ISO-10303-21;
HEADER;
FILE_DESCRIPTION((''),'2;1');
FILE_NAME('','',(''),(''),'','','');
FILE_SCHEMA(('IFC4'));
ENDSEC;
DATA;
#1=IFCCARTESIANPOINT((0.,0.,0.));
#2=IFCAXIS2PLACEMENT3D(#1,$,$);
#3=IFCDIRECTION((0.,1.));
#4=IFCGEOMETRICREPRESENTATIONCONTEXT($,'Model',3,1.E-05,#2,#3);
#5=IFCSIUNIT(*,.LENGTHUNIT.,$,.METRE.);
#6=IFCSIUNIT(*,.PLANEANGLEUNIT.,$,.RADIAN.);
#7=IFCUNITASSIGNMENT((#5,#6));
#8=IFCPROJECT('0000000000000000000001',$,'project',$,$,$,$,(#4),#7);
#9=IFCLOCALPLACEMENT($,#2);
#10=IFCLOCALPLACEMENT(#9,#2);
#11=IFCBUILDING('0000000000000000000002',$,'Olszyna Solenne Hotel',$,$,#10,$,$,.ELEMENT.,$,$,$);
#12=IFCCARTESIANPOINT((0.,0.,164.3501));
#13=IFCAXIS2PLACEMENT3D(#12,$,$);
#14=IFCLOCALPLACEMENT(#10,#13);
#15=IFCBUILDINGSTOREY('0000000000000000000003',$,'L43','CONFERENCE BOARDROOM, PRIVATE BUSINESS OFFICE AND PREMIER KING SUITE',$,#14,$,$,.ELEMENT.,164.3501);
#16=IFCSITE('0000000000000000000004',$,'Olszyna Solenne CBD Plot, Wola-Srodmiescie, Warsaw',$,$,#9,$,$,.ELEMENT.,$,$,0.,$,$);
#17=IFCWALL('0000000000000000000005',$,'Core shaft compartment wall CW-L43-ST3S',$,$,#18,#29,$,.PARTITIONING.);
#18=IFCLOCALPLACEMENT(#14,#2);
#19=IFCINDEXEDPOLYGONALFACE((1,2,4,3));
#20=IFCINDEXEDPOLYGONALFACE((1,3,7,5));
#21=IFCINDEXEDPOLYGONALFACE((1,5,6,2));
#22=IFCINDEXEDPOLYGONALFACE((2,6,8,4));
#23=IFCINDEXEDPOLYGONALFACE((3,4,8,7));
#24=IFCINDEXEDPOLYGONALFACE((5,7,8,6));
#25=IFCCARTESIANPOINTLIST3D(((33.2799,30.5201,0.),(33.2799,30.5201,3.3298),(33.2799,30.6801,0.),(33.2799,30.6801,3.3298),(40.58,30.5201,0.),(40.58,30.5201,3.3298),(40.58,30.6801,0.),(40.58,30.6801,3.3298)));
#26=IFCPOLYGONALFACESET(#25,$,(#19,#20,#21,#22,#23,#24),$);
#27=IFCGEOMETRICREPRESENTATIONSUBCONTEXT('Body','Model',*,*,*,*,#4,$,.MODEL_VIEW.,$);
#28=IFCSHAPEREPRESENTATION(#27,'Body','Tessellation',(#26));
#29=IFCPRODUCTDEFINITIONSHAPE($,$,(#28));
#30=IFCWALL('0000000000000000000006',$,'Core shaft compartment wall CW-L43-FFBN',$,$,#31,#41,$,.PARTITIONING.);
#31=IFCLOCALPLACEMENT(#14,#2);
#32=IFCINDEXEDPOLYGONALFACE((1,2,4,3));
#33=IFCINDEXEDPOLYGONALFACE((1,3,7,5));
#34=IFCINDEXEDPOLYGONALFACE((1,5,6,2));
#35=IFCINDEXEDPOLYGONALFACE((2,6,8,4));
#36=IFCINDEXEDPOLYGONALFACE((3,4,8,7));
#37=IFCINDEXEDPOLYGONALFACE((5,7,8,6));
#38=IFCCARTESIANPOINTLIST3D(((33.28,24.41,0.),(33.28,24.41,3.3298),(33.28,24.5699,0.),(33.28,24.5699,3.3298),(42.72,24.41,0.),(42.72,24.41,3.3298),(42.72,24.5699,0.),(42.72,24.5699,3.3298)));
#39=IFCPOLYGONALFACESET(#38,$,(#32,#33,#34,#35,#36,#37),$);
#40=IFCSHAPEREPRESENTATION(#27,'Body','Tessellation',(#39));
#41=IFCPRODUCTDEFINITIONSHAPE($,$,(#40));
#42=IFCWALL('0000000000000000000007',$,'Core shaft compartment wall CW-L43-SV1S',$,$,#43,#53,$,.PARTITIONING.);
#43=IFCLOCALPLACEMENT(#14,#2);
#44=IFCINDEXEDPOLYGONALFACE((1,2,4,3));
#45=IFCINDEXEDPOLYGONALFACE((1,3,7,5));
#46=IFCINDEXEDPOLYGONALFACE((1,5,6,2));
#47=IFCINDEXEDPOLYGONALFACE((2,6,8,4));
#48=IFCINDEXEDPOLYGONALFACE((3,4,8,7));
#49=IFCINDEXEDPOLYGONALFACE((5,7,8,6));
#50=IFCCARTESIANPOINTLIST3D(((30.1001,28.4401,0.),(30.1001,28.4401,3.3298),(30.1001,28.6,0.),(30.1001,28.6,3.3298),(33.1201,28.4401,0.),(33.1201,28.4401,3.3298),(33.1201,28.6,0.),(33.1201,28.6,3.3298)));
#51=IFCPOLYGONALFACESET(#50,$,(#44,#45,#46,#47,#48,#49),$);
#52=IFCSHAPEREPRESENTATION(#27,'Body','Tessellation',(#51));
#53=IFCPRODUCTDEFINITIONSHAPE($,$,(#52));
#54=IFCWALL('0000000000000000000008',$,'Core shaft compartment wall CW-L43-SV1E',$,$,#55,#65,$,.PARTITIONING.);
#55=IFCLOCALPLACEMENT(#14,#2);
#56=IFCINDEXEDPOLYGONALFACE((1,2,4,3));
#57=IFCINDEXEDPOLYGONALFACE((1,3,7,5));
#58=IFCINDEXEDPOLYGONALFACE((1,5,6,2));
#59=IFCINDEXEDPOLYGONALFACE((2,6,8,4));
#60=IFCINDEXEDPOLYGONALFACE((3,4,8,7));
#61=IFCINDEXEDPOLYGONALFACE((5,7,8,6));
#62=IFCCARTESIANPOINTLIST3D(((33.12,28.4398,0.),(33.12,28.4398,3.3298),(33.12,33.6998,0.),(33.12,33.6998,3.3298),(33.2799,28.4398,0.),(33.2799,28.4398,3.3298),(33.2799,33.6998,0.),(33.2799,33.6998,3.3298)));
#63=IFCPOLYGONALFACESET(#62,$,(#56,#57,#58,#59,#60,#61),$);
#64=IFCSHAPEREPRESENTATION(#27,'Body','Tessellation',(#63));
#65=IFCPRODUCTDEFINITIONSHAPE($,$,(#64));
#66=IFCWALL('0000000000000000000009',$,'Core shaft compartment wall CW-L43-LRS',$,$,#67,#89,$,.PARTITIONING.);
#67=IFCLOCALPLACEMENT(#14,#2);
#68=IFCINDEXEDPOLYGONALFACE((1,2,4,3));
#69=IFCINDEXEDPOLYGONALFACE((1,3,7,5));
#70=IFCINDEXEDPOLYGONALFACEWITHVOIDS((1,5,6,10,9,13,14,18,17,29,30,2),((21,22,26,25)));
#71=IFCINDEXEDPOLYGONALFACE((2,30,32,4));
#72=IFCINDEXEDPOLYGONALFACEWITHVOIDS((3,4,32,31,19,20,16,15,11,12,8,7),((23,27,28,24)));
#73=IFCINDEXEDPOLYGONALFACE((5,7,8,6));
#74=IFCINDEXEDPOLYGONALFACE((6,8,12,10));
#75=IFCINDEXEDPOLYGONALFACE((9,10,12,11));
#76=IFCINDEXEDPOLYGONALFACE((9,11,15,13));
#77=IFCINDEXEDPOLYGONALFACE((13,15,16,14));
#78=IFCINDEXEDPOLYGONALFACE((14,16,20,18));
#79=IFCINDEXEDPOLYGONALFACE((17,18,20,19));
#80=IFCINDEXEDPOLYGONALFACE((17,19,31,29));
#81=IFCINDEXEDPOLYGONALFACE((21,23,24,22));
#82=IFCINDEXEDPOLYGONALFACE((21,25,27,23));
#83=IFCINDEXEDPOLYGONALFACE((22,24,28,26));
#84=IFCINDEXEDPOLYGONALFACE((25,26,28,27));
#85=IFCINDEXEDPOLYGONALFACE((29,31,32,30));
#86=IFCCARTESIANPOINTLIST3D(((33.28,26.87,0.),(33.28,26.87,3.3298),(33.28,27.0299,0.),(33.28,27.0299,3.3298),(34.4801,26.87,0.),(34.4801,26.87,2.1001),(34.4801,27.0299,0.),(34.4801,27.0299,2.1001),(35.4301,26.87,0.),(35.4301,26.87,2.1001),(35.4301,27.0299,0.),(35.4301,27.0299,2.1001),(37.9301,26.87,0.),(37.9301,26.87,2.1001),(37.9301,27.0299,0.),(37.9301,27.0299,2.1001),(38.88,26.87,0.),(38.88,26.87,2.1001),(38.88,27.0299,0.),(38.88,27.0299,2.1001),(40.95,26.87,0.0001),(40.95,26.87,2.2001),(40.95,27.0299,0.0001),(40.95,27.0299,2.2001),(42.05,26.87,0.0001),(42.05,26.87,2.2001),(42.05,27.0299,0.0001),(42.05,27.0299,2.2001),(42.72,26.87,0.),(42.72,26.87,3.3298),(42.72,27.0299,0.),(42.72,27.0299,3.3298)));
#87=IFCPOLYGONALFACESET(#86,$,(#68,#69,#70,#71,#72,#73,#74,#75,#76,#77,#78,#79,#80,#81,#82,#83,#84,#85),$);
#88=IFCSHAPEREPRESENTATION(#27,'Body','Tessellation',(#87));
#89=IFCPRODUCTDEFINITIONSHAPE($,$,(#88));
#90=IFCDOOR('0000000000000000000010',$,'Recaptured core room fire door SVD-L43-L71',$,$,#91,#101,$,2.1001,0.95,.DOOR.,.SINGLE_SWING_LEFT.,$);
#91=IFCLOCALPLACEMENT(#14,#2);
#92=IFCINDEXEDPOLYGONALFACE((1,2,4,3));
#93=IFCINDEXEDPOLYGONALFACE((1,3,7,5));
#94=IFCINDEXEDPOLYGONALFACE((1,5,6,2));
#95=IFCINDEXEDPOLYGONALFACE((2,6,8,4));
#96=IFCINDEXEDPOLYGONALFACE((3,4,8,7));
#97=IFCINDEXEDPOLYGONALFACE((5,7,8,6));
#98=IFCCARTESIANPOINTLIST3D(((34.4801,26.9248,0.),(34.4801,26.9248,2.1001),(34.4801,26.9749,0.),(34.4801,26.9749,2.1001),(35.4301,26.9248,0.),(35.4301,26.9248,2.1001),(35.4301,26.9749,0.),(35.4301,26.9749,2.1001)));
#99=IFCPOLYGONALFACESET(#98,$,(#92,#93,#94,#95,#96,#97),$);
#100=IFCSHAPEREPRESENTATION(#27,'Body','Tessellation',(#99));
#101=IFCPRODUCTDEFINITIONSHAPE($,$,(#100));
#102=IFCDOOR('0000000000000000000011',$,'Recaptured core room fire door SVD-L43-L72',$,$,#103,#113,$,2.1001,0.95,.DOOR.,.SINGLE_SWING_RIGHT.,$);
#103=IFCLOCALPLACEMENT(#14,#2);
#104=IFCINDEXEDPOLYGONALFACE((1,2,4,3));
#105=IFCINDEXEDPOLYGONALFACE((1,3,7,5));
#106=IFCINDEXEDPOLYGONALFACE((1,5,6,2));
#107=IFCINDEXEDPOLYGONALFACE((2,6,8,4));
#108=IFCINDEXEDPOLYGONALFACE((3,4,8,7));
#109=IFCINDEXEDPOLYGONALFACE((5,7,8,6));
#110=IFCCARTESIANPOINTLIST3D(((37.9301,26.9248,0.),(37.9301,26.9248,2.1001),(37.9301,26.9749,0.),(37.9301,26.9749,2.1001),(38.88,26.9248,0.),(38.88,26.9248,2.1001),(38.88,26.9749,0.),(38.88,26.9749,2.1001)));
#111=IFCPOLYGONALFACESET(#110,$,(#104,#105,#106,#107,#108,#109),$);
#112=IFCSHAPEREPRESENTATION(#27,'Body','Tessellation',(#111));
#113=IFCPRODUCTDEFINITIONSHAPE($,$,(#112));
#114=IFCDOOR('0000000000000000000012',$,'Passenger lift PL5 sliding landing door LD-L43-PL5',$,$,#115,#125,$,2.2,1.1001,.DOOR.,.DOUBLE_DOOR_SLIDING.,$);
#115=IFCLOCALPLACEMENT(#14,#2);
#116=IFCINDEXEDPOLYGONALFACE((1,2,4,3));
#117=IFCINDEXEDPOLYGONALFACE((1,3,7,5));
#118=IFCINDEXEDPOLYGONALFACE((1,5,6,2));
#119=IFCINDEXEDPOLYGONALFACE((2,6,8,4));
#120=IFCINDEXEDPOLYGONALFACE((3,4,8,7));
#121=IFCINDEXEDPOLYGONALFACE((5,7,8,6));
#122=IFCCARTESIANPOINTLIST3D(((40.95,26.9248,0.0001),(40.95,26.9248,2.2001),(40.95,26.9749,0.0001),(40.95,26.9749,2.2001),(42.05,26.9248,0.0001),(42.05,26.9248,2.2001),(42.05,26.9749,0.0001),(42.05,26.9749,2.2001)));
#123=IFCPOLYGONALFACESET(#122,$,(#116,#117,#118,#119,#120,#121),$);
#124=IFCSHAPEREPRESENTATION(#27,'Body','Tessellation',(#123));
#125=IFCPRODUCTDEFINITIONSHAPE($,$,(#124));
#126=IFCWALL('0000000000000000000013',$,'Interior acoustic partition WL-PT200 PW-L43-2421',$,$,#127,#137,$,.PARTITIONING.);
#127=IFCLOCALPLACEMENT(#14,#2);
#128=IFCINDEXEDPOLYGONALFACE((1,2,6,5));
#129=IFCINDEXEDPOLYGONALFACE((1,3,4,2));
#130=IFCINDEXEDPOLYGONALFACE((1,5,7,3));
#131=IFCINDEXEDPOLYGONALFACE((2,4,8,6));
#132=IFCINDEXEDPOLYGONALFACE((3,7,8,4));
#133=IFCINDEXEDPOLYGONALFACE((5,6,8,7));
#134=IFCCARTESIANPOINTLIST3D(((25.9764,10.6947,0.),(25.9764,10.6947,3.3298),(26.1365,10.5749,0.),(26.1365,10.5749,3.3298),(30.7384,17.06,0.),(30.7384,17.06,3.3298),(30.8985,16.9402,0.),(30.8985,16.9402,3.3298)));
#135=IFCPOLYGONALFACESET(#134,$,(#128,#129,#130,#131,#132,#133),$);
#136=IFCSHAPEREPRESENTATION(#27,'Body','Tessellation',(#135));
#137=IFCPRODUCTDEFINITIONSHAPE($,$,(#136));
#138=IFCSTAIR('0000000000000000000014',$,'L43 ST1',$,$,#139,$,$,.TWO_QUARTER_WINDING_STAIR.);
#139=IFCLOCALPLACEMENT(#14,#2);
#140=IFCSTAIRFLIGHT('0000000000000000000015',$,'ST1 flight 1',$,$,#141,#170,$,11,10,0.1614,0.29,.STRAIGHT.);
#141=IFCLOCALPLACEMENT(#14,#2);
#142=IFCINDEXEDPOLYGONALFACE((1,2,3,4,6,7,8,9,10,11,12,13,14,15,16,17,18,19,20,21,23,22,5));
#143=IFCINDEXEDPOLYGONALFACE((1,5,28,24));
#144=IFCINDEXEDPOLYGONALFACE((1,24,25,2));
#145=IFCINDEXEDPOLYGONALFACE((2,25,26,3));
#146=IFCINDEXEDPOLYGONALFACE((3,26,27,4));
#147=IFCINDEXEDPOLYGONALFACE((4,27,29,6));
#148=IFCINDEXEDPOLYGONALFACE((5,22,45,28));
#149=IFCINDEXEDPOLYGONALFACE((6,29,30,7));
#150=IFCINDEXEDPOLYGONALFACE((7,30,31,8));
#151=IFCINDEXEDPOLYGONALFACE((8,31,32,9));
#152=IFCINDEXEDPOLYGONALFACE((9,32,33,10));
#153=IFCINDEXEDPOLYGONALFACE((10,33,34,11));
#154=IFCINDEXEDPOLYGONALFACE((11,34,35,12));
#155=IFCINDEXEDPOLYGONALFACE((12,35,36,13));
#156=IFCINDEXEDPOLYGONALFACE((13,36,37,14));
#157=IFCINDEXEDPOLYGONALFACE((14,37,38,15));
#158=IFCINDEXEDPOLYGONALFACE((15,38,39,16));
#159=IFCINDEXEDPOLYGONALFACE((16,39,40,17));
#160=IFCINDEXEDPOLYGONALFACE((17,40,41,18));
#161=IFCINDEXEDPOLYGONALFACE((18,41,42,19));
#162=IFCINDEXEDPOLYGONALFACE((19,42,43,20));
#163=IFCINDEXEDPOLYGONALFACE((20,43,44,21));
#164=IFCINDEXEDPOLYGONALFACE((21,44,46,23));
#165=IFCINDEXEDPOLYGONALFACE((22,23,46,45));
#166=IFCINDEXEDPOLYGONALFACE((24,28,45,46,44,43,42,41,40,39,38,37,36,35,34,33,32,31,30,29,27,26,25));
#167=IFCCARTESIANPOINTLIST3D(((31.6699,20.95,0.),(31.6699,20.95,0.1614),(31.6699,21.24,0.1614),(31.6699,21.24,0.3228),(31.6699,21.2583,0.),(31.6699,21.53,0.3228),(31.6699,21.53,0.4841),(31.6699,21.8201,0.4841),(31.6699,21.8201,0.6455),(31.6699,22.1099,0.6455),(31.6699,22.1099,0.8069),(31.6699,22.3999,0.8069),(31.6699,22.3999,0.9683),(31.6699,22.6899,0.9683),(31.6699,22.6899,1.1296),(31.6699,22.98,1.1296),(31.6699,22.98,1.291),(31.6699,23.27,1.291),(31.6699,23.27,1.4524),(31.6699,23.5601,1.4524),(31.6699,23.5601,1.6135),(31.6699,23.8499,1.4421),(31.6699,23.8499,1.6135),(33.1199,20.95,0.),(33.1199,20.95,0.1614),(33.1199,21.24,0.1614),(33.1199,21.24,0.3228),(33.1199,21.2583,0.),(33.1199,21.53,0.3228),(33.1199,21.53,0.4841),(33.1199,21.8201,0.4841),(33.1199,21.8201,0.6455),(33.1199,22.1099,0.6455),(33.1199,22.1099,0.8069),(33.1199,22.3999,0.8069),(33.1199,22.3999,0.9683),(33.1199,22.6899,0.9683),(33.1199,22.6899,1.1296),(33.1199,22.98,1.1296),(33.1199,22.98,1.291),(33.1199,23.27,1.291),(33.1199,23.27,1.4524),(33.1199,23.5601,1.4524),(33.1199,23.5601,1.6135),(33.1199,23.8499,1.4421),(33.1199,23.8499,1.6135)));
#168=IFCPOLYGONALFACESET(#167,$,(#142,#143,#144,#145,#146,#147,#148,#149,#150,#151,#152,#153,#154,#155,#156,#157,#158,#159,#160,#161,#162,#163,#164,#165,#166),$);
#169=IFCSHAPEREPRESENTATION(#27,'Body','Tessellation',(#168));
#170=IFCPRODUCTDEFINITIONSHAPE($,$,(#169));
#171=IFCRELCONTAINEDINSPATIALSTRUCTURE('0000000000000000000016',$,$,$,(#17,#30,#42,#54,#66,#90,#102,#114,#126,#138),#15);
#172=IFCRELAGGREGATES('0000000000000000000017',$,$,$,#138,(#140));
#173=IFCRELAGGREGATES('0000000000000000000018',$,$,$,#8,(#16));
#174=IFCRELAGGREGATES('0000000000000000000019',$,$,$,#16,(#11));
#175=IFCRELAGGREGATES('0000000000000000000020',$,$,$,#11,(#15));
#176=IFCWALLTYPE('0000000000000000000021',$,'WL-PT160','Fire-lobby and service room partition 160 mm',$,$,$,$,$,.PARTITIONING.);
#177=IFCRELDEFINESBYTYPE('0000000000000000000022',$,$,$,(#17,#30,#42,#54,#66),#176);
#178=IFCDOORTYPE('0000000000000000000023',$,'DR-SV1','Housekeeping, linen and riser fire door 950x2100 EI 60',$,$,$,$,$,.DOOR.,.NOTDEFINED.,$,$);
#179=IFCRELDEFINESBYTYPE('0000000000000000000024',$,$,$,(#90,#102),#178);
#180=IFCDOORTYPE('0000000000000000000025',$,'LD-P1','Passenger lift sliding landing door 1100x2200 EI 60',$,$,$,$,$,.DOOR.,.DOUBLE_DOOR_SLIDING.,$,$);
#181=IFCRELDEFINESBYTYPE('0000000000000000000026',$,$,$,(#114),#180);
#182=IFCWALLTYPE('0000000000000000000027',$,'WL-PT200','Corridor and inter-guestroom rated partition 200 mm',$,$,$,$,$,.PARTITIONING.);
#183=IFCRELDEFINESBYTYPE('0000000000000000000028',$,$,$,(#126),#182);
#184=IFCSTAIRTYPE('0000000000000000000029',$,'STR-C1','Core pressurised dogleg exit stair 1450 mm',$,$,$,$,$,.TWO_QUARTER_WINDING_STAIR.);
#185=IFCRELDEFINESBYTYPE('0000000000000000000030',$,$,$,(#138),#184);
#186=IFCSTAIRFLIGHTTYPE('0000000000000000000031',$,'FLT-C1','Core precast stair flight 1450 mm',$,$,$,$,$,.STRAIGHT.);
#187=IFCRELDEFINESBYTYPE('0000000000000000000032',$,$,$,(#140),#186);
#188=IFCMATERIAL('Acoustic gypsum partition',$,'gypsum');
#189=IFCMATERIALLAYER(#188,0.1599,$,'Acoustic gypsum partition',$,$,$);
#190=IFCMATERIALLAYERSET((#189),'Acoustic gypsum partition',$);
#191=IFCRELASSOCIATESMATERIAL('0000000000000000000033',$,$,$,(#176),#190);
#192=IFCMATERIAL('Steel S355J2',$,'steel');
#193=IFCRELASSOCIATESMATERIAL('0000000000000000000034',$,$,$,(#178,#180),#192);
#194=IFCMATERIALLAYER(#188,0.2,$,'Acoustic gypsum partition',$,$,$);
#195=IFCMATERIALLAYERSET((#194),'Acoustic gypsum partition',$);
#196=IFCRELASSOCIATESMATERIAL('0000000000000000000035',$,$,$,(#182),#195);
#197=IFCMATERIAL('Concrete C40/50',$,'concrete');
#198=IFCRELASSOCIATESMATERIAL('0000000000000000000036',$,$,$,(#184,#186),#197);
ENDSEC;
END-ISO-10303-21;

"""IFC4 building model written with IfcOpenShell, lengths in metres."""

from ifc_helpers import new_model, si_unit, direction, frame, frame_2d, origin, place, context, subcontext, project, spatial, polyline, rectangle, outline, extrude, source, transform, mapped, material, layer, layer_set, type_object, type_shapes, element, fill, aggregate, save


model = new_model("IFC4")

# Units and contexts
model_context = context("Model", 3, precision=1e-05, world=origin(), true_north=direction((0.0, 1.0)))
body_context = subcontext(model_context, "Body", "Model", "MODEL_VIEW")
ifc_project = project(units=[si_unit("LENGTHUNIT", "METRE"), si_unit("PLANEANGLEUNIT", "RADIAN")], contexts=[model_context])

# Site, building, storey
site_placement = place(None, origin())
site = spatial("IfcSite", under=ifc_project, at=site_placement, Name="Olszyna Solenne CBD Plot, Wola-Srodmiescie, Warsaw", CompositionType="ELEMENT", RefElevation=0.0)
building_placement = place(site_placement, origin())
building = spatial("IfcBuilding", under=site, at=building_placement, Name="Olszyna Solenne Hotel", CompositionType="ELEMENT")
storey_placement = place(building_placement, frame((0.0, 0.0, 164.3501)))
storey = spatial("IfcBuildingStorey", under=building, at=storey_placement, Name="L43", Description="CONFERENCE BOARDROOM, PRIVATE BUSINESS OFFICE AND PREMIER KING SUITE", CompositionType="ELEMENT", Elevation=164.3501)

# Shared definitions
ifc_material_1 = material(Name="Steel S355J2", Category="steel")

# Shared definitions
ifc_material_2 = material(Name="Acoustic gypsum partition", Category="gypsum")

# Shared definitions
ifc_layer_1 = layer(ifc_material_2, 0.1599, Name="Acoustic gypsum partition")
ifc_layer_set_1 = layer_set([ifc_layer_1], Name="Acoustic gypsum partition")
wall_type_1 = type_object("IfcWallType", Name="WL-PT160", Description="Fire-lobby and service room partition 160 mm", PredefinedType="PARTITIONING", material=ifc_layer_set_1)

# Walls
wall_1_placement = place(storey_placement, frame((33.28, 30.6001, 0.0), z_axis=(0.0, 0.0, 1.0), x_axis=(1.0, 0.0, 0.0)))
element("IfcWall", 1, at=wall_1_placement, inside=storey, type_object=wall_type_1, Name="Core shaft compartment wall CW-L43-ST3S", PredefinedType="PARTITIONING", context=body_context, shape_type="SweptSolid", body=[
    extrude(rectangle(XDim=7.3, YDim=0.1599, at=frame_2d((3.6499, 0.0))), origin(), (0.0, 0.0, 1.0), 3.3298),
])
wall_2_placement = place(storey_placement, frame((33.28, 24.49, 0.0), z_axis=(0.0, 0.0, 1.0), x_axis=(1.0, 0.0, 0.0)))
element("IfcWall", 2, at=wall_2_placement, inside=storey, type_object=wall_type_1, Name="Core shaft compartment wall CW-L43-FFBN", PredefinedType="PARTITIONING", context=body_context, shape_type="SweptSolid", body=[
    extrude(rectangle(XDim=9.4399, YDim=0.1599, at=frame_2d((4.72, 0.0))), origin(), (0.0, 0.0, 1.0), 3.3298),
])
wall_3_placement = place(storey_placement, frame((30.1001, 28.52, 0.0), z_axis=(0.0, 0.0, 1.0), x_axis=(1.0, 0.0, 0.0)))
element("IfcWall", 3, at=wall_3_placement, inside=storey, type_object=wall_type_1, Name="Core shaft compartment wall CW-L43-SV1S", PredefinedType="PARTITIONING", context=body_context, shape_type="SweptSolid", body=[
    extrude(rectangle(XDim=3.02, YDim=0.1599, at=frame_2d((1.51, 0.0))), origin(), (0.0, 0.0, 1.0), 3.3298),
])
wall_4_placement = place(storey_placement, frame((33.2, 28.4399, 0.0), z_axis=(0.0, 0.0, 1.0), x_axis=(0.0, 1.0, 0.0)))
element("IfcWall", 4, at=wall_4_placement, inside=storey, type_object=wall_type_1, Name="Core shaft compartment wall CW-L43-SV1E", PredefinedType="PARTITIONING", context=body_context, shape_type="SweptSolid", body=[
    extrude(rectangle(XDim=5.26, YDim=0.1599, at=frame_2d((2.6299, 0.0))), origin(), (0.0, 0.0, 1.0), 3.3298),
])

# Wall, openings, doors
wall_5_placement = place(storey_placement, frame((33.28, 26.95, 0.0), z_axis=(0.0, 0.0, 1.0), x_axis=(1.0, 0.0, 0.0)))
wall_5 = element("IfcWall", 5, at=wall_5_placement, inside=storey, type_object=wall_type_1, Name="Core shaft compartment wall CW-L43-LRS", PredefinedType="PARTITIONING", context=body_context, shape_type="SweptSolid", body=[
    extrude(rectangle(XDim=9.4399, YDim=0.1599, at=frame_2d((4.72, 0.0))), origin(), (0.0, 0.0, 1.0), 3.3298),
])
opening_1_placement = place(wall_5_placement, frame((1.2, 0.0, 0.0)))
opening_1 = element("IfcOpeningElement", 6, at=opening_1_placement, cuts=wall_5, PredefinedType="OPENING", context=body_context, shape_type="SweptSolid", body=[
    extrude(rectangle(XDim=0.95, YDim=2.1001, at=frame_2d((0.4751, 1.05))), frame((0.0, 0.0898, 0.0), z_axis=(0.0, -1.0, 0.0), x_axis=(1.0, 0.0, 0.0)), (0.0, 0.0, 1.0), 0.1799),
])
opening_2_placement = place(wall_5_placement, frame((4.6499, 0.0, 0.0)))
opening_2 = element("IfcOpeningElement", 7, at=opening_2_placement, cuts=wall_5, PredefinedType="OPENING", context=body_context, shape_type="SweptSolid", body=[
    extrude(rectangle(XDim=0.95, YDim=2.1001, at=frame_2d((0.4751, 1.05))), frame((0.0, 0.0898, 0.0), z_axis=(0.0, -1.0, 0.0), x_axis=(1.0, 0.0, 0.0)), (0.0, 0.0, 1.0), 0.1799),
])
opening_3_placement = place(wall_5_placement, frame((7.6699, 0.0, 0.0)))
opening_3 = element("IfcOpeningElement", 8, at=opening_3_placement, cuts=wall_5, PredefinedType="OPENING", context=body_context, shape_type="SweptSolid", body=[
    extrude(rectangle(XDim=1.1001, YDim=2.2, at=frame_2d((0.55, 1.1001))), frame((0.0, 0.0898, 0.0), z_axis=(0.0, -1.0, 0.0), x_axis=(1.0, 0.0, 0.0)), (0.0, 0.0, 1.0), 0.1799),
])
door_type_1 = type_object("IfcDoorType", Name="DR-SV1", Description="Housekeeping, linen and riser fire door 950x2100 EI 60", OperationType="NOTDEFINED", PredefinedType="DOOR", material=ifc_material_1)
shared_shape_1 = source(origin(), body_context, "Body", "SweptSolid", [
    extrude(rectangle(XDim=0.95, YDim=2.1001, at=frame_2d((0.4751, 1.05))), frame((0.0, 0.0249, 0.0), z_axis=(0.0, -1.0, 0.0), x_axis=(1.0, 0.0, 0.0)), (0.0, 0.0, 1.0), 0.05),
])
type_shapes(door_type_1, [shared_shape_1])
door_1_placement = place(opening_1_placement, origin())
door_1 = element("IfcDoor", 9, at=door_1_placement, inside=storey, type_object=door_type_1, Name="Recaptured core room fire door SVD-L43-L71", OperationType="SINGLE_SWING_LEFT", OverallHeight=2.1001, OverallWidth=0.95, PredefinedType="DOOR", context=body_context, shape_type="MappedRepresentation", body=[
    mapped(shared_shape_1, transform((0.0, 0.0, 0.0), x_axis=(1.0, 0.0, 0.0), y_axis=(0.0, 1.0, 0.0), z_axis=(0.0, 0.0, 1.0), scale=1.0)),
])
fill(opening_1, door_1)
door_2_placement = place(opening_2_placement, origin())
door_2 = element("IfcDoor", 10, at=door_2_placement, inside=storey, type_object=door_type_1, Name="Recaptured core room fire door SVD-L43-L72", OperationType="SINGLE_SWING_RIGHT", OverallHeight=2.1001, OverallWidth=0.95, PredefinedType="DOOR", context=body_context, shape_type="MappedRepresentation", body=[
    mapped(shared_shape_1, transform((0.0, 0.0, 0.0), x_axis=(1.0, 0.0, 0.0), y_axis=(0.0, 1.0, 0.0), z_axis=(0.0, 0.0, 1.0), scale=1.0)),
])
fill(opening_2, door_2)
door_type_2 = type_object("IfcDoorType", Name="LD-P1", Description="Passenger lift sliding landing door 1100x2200 EI 60", OperationType="DOUBLE_DOOR_SLIDING", PredefinedType="DOOR", material=ifc_material_1)
shared_shape_2 = source(origin(), body_context, "Body", "SweptSolid", [
    extrude(rectangle(XDim=1.1001, YDim=2.2, at=frame_2d((0.55, 1.1001))), frame((0.0, 0.0249, 0.0), z_axis=(0.0, -1.0, 0.0), x_axis=(1.0, 0.0, 0.0)), (0.0, 0.0, 1.0), 0.05),
])
type_shapes(door_type_2, [shared_shape_2])
door_3_placement = place(opening_3_placement, origin())
door_3 = element("IfcDoor", 11, at=door_3_placement, inside=storey, type_object=door_type_2, Name="Passenger lift PL5 sliding landing door LD-L43-PL5", OperationType="DOUBLE_DOOR_SLIDING", OverallHeight=2.2, OverallWidth=1.1001, PredefinedType="DOOR", context=body_context, shape_type="MappedRepresentation", body=[
    mapped(shared_shape_2, transform((0.0, 0.0, 0.0), x_axis=(1.0, 0.0, 0.0), y_axis=(0.0, 1.0, 0.0), z_axis=(0.0, 0.0, 1.0), scale=1.0)),
])
fill(opening_3, door_3)

# Wall
ifc_layer_2 = layer(ifc_material_2, 0.2, Name="Acoustic gypsum partition")
ifc_layer_set_2 = layer_set([ifc_layer_2], Name="Acoustic gypsum partition")
wall_type_2 = type_object("IfcWallType", Name="WL-PT200", Description="Corridor and inter-guestroom rated partition 200 mm", PredefinedType="PARTITIONING", material=ifc_layer_set_2)
wall_6_placement = place(storey_placement, frame((30.8184, 17.0, 0.0), z_axis=(0.0, 0.0, 1.0), x_axis=(-0.599036, -0.800722, 0.0)))
element("IfcWall", 12, at=wall_6_placement, inside=storey, type_object=wall_type_2, Name="Interior acoustic partition WL-PT200 PW-L43-2421", PredefinedType="PARTITIONING", context=body_context, shape_type="SweptSolid", body=[
    extrude(rectangle(XDim=7.9495, YDim=0.2, at=frame_2d((3.9746, 0.0))), origin(), (0.0, 0.0, 1.0), 3.3298),
])

# Stair, stair flight
ifc_material_3 = material(Name="Concrete C40/50", Category="concrete")
stair_type = type_object("IfcStairType", Name="STR-C1", Description="Core pressurised dogleg exit stair 1450 mm", PredefinedType="TWO_QUARTER_WINDING_STAIR", material=ifc_material_3)
stair_placement = place(storey_placement, origin())
stair = element("IfcStair", 13, at=stair_placement, inside=storey, type_object=stair_type, Name="L43 ST1", PredefinedType="TWO_QUARTER_WINDING_STAIR")
stair_flight_type = type_object("IfcStairFlightType", Name="FLT-C1", Description="Core precast stair flight 1450 mm", PredefinedType="STRAIGHT", material=ifc_material_3)
stair_flight_1_placement = place(storey_placement, frame((32.395, 20.95, 0.0), z_axis=(0.0, 0.0, 1.0), x_axis=(0.0, 1.0, 0.0)))
stair_flight_1 = element("IfcStairFlight", 14, at=stair_flight_1_placement, type_object=stair_flight_type, Name="ST1 flight 1", NumberOfRisers=11, NumberOfTreads=10, PredefinedType="STRAIGHT", RiserHeight=0.1614, TreadLength=0.29, context=body_context, shape_type="SweptSolid", body=[
    extrude(outline(polyline([(0.0, 0.0), (0.0, 0.1614), (0.29, 0.1614), (0.29, 0.3228), (0.5801, 0.3228), (0.5801, 0.4841), (0.8701, 0.4841), (0.8701, 0.6455), (1.1599, 0.6455), (1.1599, 0.8069), (1.45, 0.8069), (1.45, 0.9683), (1.74, 0.9683), (1.74, 1.1296), (2.03, 1.1296), (2.03, 1.291), (2.3201, 1.291), (2.3201, 1.4524), (2.6101, 1.4524), (2.6101, 1.6135), (2.8999, 1.6135), (2.8999, 1.7749), (2.8999, 1.4421), (0.3083, 0.0), (0.0, 0.0)])), frame((0.0, 0.7251, 0.0), z_axis=(0.0, -1.0, 0.0), x_axis=(1.0, 0.0, 0.0)), (0.0, 0.0, 1.0), 1.45),
])
aggregate(stair, [stair_flight_1])

save(model, "model.ifc")
